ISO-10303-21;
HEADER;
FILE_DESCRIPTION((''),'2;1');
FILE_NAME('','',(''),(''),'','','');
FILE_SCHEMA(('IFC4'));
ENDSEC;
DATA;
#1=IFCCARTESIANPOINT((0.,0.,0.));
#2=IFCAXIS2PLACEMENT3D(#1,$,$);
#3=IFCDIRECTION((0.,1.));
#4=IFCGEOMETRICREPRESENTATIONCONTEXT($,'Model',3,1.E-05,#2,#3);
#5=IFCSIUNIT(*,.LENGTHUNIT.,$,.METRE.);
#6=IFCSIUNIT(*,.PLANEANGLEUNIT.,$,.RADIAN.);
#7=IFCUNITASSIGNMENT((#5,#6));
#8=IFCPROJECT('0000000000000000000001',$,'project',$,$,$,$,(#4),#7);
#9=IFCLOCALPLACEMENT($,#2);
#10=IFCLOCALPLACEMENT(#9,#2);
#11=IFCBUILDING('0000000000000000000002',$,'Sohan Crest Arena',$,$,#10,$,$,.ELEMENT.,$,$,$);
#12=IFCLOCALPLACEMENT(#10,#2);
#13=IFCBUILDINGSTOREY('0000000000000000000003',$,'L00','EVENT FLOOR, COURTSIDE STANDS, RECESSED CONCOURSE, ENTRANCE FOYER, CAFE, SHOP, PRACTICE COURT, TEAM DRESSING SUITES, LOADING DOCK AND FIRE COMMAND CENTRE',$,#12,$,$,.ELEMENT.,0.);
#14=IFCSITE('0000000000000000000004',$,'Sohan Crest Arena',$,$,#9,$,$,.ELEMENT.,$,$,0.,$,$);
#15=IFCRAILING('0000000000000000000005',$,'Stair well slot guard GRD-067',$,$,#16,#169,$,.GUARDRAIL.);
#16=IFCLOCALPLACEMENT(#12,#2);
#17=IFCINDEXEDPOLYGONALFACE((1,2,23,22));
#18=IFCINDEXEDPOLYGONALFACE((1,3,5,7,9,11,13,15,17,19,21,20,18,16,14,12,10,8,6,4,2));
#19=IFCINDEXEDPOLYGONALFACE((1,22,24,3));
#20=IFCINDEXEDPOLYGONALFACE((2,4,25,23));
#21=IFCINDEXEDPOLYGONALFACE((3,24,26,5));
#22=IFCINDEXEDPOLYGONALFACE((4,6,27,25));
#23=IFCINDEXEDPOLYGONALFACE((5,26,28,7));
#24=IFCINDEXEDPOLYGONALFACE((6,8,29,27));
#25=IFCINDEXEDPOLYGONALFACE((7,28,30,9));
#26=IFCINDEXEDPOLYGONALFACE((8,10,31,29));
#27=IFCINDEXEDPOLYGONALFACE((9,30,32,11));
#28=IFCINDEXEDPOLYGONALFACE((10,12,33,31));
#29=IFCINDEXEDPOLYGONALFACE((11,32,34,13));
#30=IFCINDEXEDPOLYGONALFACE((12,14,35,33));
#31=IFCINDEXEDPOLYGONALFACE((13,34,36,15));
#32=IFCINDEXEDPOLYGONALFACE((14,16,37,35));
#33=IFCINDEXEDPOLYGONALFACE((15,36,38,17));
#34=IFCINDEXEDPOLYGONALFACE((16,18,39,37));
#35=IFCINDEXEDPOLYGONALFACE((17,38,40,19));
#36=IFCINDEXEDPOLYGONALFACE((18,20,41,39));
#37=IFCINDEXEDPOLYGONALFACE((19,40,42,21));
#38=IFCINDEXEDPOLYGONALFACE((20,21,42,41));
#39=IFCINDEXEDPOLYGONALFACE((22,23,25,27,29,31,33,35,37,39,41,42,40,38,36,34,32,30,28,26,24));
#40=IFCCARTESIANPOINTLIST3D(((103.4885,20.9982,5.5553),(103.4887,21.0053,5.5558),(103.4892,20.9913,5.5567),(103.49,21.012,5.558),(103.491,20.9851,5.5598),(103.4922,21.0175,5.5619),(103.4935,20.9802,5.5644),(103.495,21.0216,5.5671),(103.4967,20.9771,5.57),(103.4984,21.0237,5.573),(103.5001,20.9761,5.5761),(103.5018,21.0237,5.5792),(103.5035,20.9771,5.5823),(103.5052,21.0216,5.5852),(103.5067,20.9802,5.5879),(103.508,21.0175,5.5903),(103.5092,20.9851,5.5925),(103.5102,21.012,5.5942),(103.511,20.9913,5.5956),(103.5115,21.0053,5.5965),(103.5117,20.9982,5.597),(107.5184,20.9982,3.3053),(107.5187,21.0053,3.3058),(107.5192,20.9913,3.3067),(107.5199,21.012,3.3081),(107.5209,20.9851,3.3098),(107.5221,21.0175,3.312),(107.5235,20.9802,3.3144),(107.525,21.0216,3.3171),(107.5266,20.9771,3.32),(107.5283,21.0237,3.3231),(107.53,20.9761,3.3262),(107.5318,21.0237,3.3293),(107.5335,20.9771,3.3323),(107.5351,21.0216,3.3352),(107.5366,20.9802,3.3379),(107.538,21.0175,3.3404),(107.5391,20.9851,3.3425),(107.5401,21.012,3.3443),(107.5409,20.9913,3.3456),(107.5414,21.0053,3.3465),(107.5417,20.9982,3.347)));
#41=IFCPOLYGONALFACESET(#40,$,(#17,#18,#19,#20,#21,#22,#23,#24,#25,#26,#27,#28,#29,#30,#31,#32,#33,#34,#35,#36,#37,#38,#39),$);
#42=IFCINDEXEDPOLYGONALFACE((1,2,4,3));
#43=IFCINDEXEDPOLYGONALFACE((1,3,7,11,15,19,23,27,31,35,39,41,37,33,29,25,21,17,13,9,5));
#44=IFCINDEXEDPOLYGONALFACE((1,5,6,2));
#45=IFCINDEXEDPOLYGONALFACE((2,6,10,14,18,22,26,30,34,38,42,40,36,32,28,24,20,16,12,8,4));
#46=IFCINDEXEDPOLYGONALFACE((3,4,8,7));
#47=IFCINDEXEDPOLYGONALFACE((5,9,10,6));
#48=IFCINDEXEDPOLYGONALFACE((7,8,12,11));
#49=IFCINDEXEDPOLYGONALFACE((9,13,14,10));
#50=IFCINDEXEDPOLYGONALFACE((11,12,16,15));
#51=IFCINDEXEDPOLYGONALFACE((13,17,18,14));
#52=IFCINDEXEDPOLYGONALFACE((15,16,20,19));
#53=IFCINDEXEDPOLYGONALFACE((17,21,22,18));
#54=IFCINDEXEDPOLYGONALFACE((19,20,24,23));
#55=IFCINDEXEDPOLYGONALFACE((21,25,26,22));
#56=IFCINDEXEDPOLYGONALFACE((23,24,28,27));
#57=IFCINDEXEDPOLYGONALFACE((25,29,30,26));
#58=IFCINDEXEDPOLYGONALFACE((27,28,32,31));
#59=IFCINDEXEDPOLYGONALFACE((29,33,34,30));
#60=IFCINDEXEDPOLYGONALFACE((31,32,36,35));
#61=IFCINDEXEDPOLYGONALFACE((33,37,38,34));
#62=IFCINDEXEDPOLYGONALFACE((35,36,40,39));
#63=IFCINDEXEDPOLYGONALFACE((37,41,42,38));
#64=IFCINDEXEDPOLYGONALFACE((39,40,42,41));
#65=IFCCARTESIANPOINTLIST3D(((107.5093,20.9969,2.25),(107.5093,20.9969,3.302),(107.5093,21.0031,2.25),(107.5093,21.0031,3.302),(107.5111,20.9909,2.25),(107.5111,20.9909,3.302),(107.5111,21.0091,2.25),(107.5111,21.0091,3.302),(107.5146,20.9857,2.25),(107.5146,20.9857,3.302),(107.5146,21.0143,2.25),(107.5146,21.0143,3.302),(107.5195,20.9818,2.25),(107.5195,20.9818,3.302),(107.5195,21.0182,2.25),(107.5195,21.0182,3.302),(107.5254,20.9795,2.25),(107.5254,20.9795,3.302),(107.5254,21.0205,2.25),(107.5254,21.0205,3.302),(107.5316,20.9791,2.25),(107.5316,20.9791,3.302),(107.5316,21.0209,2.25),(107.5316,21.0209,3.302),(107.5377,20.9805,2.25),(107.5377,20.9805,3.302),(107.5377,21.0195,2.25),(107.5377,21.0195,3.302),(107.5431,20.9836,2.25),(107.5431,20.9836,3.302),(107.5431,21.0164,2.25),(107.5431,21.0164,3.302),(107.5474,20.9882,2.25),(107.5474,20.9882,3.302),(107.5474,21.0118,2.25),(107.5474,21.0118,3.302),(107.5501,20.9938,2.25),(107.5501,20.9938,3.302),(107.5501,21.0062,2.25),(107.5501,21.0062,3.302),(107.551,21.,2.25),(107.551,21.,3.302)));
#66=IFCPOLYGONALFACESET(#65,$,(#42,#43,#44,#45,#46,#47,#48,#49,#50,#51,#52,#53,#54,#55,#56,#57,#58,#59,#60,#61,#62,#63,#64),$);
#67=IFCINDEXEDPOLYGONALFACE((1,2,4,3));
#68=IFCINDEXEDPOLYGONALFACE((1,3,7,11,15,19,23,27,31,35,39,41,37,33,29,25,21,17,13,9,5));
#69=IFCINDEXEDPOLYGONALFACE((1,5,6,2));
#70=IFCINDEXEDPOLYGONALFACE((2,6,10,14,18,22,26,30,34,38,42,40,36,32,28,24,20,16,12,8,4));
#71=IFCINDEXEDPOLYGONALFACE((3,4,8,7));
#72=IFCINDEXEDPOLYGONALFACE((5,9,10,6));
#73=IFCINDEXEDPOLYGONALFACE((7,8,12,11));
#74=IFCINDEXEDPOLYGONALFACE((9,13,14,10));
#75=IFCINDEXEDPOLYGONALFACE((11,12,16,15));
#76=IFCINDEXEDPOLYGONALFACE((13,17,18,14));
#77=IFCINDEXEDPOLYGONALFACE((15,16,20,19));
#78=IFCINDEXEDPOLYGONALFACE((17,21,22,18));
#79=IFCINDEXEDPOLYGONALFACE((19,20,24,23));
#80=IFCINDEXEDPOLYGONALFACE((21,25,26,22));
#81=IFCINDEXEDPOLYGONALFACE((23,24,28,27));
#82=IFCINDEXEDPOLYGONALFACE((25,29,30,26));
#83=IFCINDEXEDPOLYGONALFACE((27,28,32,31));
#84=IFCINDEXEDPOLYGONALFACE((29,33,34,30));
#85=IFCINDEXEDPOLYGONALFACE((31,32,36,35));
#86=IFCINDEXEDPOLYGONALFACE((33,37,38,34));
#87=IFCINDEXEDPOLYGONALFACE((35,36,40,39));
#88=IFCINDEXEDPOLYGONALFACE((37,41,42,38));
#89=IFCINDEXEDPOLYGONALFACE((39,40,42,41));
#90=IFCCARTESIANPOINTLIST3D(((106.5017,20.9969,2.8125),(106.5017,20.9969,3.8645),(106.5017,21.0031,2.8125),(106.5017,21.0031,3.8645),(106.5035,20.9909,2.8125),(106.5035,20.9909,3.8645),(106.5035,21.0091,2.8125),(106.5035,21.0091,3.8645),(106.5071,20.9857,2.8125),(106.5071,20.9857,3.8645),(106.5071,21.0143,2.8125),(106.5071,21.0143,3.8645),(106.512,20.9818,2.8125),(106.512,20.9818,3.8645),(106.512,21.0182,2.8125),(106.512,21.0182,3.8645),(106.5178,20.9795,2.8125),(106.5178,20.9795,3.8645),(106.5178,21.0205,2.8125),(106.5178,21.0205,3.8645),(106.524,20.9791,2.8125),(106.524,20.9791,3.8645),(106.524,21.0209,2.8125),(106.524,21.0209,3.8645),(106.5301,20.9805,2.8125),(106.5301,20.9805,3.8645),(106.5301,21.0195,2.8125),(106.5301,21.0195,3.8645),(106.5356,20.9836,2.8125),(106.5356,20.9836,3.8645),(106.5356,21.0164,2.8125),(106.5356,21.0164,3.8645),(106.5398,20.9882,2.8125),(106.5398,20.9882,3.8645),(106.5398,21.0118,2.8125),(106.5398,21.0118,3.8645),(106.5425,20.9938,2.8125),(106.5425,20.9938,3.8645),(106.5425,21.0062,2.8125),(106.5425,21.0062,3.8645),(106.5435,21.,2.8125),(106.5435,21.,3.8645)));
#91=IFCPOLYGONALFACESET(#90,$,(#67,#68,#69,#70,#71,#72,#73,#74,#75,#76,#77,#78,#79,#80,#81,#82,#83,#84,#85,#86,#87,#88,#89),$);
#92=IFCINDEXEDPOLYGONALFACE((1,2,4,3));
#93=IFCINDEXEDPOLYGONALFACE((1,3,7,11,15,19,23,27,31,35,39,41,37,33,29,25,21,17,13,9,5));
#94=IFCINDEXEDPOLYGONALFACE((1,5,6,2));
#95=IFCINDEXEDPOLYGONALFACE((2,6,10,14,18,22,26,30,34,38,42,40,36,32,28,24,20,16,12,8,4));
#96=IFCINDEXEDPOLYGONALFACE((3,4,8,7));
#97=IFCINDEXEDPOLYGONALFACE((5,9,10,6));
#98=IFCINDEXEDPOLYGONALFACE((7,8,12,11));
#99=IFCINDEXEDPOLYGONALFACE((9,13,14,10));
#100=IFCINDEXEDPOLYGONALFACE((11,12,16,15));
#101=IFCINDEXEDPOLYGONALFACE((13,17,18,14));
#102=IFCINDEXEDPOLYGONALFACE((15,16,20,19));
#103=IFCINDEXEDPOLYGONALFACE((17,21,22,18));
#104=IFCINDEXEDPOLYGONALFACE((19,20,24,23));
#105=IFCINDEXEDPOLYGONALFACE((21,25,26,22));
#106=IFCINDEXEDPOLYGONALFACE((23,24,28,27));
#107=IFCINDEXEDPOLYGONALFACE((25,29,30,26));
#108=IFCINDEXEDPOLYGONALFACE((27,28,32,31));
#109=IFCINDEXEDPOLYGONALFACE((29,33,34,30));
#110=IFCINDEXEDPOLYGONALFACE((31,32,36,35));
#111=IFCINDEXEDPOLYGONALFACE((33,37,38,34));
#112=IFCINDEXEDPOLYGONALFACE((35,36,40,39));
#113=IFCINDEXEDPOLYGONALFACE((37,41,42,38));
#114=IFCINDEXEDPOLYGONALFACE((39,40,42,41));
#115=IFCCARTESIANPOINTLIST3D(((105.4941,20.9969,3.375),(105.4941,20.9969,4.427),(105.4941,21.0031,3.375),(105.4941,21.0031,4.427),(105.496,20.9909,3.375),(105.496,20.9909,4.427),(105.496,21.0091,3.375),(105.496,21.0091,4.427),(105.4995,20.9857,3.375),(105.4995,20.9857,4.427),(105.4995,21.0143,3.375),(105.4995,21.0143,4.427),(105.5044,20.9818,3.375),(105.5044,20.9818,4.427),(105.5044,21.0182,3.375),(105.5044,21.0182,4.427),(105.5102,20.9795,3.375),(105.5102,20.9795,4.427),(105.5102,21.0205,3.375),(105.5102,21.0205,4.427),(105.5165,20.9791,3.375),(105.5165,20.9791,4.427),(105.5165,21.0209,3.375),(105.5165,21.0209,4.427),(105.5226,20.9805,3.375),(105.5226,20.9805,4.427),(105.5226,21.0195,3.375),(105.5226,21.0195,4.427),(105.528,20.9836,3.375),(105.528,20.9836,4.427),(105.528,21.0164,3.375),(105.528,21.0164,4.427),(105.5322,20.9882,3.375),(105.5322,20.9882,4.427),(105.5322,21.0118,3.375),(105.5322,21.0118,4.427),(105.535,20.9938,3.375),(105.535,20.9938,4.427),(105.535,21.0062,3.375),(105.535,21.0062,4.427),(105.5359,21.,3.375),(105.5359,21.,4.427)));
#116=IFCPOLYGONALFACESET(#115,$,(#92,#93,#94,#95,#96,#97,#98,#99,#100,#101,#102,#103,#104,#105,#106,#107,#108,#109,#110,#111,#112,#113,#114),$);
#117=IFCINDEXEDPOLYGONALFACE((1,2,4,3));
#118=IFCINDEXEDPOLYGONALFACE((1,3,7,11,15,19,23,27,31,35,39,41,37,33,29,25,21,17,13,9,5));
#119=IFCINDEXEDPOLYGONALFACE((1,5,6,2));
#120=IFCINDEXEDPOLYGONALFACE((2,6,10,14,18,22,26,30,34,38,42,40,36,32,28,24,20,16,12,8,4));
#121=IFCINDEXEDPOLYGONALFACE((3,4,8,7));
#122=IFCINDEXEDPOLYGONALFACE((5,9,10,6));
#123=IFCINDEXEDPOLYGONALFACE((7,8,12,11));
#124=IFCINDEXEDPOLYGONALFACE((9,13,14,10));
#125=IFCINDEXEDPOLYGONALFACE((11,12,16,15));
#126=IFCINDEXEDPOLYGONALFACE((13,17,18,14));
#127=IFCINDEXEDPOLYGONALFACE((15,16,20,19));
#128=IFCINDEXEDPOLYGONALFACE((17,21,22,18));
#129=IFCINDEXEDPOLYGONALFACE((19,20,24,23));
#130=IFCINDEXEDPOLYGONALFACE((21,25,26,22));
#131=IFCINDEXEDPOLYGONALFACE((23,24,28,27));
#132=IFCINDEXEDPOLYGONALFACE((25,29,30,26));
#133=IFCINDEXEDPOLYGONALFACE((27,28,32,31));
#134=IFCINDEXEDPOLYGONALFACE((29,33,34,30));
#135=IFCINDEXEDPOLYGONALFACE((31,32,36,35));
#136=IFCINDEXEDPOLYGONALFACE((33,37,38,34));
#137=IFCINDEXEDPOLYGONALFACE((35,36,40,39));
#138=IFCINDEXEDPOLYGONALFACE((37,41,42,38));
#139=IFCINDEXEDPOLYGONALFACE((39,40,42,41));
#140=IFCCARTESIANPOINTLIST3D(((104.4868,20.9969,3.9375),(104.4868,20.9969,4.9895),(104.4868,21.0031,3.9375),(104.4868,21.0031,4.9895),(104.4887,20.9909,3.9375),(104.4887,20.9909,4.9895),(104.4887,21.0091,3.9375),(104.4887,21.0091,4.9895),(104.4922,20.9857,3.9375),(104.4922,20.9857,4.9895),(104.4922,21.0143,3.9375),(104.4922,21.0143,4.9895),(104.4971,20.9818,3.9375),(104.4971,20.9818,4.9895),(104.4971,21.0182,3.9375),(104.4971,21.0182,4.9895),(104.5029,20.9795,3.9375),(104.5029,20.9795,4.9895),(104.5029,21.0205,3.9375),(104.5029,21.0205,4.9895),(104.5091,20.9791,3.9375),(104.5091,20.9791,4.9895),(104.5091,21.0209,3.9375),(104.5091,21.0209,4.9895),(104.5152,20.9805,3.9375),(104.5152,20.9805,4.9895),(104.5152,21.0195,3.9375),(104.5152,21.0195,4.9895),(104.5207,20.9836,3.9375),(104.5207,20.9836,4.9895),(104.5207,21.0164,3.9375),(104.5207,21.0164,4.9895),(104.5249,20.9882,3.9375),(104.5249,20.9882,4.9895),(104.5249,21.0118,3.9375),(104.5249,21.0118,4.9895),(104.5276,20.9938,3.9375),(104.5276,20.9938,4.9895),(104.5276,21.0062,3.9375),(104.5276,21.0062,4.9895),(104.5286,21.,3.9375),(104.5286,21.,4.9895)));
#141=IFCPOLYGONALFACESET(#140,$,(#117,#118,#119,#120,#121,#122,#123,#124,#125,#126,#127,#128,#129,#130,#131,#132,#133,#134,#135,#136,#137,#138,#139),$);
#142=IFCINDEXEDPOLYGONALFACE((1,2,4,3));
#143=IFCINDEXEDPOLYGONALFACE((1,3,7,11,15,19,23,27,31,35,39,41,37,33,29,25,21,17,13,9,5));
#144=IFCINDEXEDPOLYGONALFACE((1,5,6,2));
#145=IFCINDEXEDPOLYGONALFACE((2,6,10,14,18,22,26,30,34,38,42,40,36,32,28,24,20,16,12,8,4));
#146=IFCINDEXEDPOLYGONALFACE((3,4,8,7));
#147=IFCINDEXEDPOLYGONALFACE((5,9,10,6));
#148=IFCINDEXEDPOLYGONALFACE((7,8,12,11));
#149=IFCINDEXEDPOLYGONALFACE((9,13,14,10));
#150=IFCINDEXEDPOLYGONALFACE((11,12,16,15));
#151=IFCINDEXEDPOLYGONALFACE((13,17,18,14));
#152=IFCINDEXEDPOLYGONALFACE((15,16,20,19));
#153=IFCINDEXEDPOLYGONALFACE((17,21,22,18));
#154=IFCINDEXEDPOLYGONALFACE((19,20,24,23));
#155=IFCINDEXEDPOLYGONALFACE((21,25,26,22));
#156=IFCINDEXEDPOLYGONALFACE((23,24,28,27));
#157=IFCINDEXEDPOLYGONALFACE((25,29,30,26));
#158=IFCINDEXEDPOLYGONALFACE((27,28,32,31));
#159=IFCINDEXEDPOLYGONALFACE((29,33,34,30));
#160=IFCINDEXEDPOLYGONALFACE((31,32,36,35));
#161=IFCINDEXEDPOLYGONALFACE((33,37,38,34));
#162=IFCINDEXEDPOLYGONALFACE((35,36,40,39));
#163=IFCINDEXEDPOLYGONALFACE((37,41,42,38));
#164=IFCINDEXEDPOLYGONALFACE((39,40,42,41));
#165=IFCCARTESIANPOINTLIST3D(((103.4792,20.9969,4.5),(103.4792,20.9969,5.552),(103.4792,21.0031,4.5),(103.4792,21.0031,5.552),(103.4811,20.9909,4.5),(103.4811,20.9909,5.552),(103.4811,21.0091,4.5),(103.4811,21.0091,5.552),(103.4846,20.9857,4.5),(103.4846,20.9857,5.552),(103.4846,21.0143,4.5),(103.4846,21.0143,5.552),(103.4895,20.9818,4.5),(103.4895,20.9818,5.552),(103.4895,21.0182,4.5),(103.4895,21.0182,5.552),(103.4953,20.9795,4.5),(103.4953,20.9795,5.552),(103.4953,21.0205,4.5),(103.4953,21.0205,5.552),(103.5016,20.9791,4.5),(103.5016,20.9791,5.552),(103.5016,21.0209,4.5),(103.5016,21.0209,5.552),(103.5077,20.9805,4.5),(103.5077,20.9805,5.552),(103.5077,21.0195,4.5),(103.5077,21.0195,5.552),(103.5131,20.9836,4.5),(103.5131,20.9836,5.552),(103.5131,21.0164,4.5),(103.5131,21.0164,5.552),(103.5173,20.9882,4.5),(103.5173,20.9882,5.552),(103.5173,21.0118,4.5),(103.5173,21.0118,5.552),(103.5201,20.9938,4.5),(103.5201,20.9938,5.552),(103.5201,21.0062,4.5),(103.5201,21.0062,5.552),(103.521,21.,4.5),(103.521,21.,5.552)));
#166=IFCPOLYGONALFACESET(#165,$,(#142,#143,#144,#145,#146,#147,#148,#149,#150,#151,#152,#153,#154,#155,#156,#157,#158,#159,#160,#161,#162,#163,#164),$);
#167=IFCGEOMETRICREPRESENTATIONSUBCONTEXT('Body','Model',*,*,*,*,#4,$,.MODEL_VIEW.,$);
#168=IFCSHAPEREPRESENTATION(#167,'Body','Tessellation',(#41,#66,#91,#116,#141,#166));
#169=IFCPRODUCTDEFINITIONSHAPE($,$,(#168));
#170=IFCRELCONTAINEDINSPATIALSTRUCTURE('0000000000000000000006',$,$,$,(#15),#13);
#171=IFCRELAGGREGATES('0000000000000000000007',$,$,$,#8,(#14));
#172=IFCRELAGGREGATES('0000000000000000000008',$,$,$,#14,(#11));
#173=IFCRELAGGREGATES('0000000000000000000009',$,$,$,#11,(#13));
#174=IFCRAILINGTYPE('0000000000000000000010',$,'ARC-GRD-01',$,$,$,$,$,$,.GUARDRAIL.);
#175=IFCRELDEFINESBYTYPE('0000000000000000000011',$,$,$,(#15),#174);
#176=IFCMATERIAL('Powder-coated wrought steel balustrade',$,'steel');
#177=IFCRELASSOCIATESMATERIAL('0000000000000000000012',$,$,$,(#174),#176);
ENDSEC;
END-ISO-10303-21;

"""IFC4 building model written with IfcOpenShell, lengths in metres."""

from ifc_helpers import new_model, si_unit, direction, frame, origin, origin_2d, place, context, subcontext, project, spatial, circle, extrude, material, type_object, element, save


model = new_model("IFC4")

# Units and contexts
model_context = context("Model", 3, precision=1e-05, world=origin(), true_north=direction((0.0, 1.0)))
body_context = subcontext(model_context, "Body", "Model", "MODEL_VIEW")
ifc_project = project(units=[si_unit("LENGTHUNIT", "METRE"), si_unit("PLANEANGLEUNIT", "RADIAN")], contexts=[model_context])

# Site, building, storey
site_placement = place(None, origin())
site = spatial("IfcSite", under=ifc_project, at=site_placement, Name="Sohan Crest Arena", CompositionType="ELEMENT", RefElevation=0.0)
building_placement = place(site_placement, origin())
building = spatial("IfcBuilding", under=site, at=building_placement, Name="Sohan Crest Arena", CompositionType="ELEMENT")
storey_placement = place(building_placement, origin())
storey = spatial("IfcBuildingStorey", under=building, at=storey_placement, Name="L00", Description="EVENT FLOOR, COURTSIDE STANDS, RECESSED CONCOURSE, ENTRANCE FOYER, CAFE, SHOP, PRACTICE COURT, TEAM DRESSING SUITES, LOADING DOCK AND FIRE COMMAND CENTRE", CompositionType="ELEMENT", Elevation=0.0)

# Railing
ifc_material_1 = material(Name="Powder-coated wrought steel balustrade", Category="steel")
railing_type_1 = type_object("IfcRailingType", Name="ARC-GRD-01", PredefinedType="GUARDRAIL", material=ifc_material_1)
railing_1_placement = place(storey_placement, frame((107.53, 21.0, 2.25)))
element("IfcRailing", 1, at=railing_1_placement, inside=storey, type_object=railing_type_1, Name="Stair well slot guard GRD-067", PredefinedType="GUARDRAIL", context=body_context, shape_type="SweptSolid", body=[
    extrude(circle(Radius=0.0239, at=origin_2d()), frame((0.0, 0.0, 1.0762), z_axis=(-0.873135, 0.0, 0.487479), x_axis=(0.0, -1.0, 0.0)), (0.0, 0.0, 1.0), 4.6155),
    extrude(circle(Radius=0.021, at=origin_2d()), origin(), (0.0, 0.0, 1.0), 1.052),
    extrude(circle(Radius=0.021, at=origin_2d()), frame((-1.0076, 0.0, 0.5625)), (0.0, 0.0, 1.0), 1.052),
    extrude(circle(Radius=0.021, at=origin_2d()), frame((-2.0151, 0.0, 1.125)), (0.0, 0.0, 1.0), 1.052),
    extrude(circle(Radius=0.021, at=origin_2d()), frame((-3.0225, 0.0, 1.6875)), (0.0, 0.0, 1.0), 1.052),
    extrude(circle(Radius=0.021, at=origin_2d()), frame((-4.03, 0.0, 2.25)), (0.0, 0.0, 1.0), 1.052),
])

save(model, "model.ifc")
